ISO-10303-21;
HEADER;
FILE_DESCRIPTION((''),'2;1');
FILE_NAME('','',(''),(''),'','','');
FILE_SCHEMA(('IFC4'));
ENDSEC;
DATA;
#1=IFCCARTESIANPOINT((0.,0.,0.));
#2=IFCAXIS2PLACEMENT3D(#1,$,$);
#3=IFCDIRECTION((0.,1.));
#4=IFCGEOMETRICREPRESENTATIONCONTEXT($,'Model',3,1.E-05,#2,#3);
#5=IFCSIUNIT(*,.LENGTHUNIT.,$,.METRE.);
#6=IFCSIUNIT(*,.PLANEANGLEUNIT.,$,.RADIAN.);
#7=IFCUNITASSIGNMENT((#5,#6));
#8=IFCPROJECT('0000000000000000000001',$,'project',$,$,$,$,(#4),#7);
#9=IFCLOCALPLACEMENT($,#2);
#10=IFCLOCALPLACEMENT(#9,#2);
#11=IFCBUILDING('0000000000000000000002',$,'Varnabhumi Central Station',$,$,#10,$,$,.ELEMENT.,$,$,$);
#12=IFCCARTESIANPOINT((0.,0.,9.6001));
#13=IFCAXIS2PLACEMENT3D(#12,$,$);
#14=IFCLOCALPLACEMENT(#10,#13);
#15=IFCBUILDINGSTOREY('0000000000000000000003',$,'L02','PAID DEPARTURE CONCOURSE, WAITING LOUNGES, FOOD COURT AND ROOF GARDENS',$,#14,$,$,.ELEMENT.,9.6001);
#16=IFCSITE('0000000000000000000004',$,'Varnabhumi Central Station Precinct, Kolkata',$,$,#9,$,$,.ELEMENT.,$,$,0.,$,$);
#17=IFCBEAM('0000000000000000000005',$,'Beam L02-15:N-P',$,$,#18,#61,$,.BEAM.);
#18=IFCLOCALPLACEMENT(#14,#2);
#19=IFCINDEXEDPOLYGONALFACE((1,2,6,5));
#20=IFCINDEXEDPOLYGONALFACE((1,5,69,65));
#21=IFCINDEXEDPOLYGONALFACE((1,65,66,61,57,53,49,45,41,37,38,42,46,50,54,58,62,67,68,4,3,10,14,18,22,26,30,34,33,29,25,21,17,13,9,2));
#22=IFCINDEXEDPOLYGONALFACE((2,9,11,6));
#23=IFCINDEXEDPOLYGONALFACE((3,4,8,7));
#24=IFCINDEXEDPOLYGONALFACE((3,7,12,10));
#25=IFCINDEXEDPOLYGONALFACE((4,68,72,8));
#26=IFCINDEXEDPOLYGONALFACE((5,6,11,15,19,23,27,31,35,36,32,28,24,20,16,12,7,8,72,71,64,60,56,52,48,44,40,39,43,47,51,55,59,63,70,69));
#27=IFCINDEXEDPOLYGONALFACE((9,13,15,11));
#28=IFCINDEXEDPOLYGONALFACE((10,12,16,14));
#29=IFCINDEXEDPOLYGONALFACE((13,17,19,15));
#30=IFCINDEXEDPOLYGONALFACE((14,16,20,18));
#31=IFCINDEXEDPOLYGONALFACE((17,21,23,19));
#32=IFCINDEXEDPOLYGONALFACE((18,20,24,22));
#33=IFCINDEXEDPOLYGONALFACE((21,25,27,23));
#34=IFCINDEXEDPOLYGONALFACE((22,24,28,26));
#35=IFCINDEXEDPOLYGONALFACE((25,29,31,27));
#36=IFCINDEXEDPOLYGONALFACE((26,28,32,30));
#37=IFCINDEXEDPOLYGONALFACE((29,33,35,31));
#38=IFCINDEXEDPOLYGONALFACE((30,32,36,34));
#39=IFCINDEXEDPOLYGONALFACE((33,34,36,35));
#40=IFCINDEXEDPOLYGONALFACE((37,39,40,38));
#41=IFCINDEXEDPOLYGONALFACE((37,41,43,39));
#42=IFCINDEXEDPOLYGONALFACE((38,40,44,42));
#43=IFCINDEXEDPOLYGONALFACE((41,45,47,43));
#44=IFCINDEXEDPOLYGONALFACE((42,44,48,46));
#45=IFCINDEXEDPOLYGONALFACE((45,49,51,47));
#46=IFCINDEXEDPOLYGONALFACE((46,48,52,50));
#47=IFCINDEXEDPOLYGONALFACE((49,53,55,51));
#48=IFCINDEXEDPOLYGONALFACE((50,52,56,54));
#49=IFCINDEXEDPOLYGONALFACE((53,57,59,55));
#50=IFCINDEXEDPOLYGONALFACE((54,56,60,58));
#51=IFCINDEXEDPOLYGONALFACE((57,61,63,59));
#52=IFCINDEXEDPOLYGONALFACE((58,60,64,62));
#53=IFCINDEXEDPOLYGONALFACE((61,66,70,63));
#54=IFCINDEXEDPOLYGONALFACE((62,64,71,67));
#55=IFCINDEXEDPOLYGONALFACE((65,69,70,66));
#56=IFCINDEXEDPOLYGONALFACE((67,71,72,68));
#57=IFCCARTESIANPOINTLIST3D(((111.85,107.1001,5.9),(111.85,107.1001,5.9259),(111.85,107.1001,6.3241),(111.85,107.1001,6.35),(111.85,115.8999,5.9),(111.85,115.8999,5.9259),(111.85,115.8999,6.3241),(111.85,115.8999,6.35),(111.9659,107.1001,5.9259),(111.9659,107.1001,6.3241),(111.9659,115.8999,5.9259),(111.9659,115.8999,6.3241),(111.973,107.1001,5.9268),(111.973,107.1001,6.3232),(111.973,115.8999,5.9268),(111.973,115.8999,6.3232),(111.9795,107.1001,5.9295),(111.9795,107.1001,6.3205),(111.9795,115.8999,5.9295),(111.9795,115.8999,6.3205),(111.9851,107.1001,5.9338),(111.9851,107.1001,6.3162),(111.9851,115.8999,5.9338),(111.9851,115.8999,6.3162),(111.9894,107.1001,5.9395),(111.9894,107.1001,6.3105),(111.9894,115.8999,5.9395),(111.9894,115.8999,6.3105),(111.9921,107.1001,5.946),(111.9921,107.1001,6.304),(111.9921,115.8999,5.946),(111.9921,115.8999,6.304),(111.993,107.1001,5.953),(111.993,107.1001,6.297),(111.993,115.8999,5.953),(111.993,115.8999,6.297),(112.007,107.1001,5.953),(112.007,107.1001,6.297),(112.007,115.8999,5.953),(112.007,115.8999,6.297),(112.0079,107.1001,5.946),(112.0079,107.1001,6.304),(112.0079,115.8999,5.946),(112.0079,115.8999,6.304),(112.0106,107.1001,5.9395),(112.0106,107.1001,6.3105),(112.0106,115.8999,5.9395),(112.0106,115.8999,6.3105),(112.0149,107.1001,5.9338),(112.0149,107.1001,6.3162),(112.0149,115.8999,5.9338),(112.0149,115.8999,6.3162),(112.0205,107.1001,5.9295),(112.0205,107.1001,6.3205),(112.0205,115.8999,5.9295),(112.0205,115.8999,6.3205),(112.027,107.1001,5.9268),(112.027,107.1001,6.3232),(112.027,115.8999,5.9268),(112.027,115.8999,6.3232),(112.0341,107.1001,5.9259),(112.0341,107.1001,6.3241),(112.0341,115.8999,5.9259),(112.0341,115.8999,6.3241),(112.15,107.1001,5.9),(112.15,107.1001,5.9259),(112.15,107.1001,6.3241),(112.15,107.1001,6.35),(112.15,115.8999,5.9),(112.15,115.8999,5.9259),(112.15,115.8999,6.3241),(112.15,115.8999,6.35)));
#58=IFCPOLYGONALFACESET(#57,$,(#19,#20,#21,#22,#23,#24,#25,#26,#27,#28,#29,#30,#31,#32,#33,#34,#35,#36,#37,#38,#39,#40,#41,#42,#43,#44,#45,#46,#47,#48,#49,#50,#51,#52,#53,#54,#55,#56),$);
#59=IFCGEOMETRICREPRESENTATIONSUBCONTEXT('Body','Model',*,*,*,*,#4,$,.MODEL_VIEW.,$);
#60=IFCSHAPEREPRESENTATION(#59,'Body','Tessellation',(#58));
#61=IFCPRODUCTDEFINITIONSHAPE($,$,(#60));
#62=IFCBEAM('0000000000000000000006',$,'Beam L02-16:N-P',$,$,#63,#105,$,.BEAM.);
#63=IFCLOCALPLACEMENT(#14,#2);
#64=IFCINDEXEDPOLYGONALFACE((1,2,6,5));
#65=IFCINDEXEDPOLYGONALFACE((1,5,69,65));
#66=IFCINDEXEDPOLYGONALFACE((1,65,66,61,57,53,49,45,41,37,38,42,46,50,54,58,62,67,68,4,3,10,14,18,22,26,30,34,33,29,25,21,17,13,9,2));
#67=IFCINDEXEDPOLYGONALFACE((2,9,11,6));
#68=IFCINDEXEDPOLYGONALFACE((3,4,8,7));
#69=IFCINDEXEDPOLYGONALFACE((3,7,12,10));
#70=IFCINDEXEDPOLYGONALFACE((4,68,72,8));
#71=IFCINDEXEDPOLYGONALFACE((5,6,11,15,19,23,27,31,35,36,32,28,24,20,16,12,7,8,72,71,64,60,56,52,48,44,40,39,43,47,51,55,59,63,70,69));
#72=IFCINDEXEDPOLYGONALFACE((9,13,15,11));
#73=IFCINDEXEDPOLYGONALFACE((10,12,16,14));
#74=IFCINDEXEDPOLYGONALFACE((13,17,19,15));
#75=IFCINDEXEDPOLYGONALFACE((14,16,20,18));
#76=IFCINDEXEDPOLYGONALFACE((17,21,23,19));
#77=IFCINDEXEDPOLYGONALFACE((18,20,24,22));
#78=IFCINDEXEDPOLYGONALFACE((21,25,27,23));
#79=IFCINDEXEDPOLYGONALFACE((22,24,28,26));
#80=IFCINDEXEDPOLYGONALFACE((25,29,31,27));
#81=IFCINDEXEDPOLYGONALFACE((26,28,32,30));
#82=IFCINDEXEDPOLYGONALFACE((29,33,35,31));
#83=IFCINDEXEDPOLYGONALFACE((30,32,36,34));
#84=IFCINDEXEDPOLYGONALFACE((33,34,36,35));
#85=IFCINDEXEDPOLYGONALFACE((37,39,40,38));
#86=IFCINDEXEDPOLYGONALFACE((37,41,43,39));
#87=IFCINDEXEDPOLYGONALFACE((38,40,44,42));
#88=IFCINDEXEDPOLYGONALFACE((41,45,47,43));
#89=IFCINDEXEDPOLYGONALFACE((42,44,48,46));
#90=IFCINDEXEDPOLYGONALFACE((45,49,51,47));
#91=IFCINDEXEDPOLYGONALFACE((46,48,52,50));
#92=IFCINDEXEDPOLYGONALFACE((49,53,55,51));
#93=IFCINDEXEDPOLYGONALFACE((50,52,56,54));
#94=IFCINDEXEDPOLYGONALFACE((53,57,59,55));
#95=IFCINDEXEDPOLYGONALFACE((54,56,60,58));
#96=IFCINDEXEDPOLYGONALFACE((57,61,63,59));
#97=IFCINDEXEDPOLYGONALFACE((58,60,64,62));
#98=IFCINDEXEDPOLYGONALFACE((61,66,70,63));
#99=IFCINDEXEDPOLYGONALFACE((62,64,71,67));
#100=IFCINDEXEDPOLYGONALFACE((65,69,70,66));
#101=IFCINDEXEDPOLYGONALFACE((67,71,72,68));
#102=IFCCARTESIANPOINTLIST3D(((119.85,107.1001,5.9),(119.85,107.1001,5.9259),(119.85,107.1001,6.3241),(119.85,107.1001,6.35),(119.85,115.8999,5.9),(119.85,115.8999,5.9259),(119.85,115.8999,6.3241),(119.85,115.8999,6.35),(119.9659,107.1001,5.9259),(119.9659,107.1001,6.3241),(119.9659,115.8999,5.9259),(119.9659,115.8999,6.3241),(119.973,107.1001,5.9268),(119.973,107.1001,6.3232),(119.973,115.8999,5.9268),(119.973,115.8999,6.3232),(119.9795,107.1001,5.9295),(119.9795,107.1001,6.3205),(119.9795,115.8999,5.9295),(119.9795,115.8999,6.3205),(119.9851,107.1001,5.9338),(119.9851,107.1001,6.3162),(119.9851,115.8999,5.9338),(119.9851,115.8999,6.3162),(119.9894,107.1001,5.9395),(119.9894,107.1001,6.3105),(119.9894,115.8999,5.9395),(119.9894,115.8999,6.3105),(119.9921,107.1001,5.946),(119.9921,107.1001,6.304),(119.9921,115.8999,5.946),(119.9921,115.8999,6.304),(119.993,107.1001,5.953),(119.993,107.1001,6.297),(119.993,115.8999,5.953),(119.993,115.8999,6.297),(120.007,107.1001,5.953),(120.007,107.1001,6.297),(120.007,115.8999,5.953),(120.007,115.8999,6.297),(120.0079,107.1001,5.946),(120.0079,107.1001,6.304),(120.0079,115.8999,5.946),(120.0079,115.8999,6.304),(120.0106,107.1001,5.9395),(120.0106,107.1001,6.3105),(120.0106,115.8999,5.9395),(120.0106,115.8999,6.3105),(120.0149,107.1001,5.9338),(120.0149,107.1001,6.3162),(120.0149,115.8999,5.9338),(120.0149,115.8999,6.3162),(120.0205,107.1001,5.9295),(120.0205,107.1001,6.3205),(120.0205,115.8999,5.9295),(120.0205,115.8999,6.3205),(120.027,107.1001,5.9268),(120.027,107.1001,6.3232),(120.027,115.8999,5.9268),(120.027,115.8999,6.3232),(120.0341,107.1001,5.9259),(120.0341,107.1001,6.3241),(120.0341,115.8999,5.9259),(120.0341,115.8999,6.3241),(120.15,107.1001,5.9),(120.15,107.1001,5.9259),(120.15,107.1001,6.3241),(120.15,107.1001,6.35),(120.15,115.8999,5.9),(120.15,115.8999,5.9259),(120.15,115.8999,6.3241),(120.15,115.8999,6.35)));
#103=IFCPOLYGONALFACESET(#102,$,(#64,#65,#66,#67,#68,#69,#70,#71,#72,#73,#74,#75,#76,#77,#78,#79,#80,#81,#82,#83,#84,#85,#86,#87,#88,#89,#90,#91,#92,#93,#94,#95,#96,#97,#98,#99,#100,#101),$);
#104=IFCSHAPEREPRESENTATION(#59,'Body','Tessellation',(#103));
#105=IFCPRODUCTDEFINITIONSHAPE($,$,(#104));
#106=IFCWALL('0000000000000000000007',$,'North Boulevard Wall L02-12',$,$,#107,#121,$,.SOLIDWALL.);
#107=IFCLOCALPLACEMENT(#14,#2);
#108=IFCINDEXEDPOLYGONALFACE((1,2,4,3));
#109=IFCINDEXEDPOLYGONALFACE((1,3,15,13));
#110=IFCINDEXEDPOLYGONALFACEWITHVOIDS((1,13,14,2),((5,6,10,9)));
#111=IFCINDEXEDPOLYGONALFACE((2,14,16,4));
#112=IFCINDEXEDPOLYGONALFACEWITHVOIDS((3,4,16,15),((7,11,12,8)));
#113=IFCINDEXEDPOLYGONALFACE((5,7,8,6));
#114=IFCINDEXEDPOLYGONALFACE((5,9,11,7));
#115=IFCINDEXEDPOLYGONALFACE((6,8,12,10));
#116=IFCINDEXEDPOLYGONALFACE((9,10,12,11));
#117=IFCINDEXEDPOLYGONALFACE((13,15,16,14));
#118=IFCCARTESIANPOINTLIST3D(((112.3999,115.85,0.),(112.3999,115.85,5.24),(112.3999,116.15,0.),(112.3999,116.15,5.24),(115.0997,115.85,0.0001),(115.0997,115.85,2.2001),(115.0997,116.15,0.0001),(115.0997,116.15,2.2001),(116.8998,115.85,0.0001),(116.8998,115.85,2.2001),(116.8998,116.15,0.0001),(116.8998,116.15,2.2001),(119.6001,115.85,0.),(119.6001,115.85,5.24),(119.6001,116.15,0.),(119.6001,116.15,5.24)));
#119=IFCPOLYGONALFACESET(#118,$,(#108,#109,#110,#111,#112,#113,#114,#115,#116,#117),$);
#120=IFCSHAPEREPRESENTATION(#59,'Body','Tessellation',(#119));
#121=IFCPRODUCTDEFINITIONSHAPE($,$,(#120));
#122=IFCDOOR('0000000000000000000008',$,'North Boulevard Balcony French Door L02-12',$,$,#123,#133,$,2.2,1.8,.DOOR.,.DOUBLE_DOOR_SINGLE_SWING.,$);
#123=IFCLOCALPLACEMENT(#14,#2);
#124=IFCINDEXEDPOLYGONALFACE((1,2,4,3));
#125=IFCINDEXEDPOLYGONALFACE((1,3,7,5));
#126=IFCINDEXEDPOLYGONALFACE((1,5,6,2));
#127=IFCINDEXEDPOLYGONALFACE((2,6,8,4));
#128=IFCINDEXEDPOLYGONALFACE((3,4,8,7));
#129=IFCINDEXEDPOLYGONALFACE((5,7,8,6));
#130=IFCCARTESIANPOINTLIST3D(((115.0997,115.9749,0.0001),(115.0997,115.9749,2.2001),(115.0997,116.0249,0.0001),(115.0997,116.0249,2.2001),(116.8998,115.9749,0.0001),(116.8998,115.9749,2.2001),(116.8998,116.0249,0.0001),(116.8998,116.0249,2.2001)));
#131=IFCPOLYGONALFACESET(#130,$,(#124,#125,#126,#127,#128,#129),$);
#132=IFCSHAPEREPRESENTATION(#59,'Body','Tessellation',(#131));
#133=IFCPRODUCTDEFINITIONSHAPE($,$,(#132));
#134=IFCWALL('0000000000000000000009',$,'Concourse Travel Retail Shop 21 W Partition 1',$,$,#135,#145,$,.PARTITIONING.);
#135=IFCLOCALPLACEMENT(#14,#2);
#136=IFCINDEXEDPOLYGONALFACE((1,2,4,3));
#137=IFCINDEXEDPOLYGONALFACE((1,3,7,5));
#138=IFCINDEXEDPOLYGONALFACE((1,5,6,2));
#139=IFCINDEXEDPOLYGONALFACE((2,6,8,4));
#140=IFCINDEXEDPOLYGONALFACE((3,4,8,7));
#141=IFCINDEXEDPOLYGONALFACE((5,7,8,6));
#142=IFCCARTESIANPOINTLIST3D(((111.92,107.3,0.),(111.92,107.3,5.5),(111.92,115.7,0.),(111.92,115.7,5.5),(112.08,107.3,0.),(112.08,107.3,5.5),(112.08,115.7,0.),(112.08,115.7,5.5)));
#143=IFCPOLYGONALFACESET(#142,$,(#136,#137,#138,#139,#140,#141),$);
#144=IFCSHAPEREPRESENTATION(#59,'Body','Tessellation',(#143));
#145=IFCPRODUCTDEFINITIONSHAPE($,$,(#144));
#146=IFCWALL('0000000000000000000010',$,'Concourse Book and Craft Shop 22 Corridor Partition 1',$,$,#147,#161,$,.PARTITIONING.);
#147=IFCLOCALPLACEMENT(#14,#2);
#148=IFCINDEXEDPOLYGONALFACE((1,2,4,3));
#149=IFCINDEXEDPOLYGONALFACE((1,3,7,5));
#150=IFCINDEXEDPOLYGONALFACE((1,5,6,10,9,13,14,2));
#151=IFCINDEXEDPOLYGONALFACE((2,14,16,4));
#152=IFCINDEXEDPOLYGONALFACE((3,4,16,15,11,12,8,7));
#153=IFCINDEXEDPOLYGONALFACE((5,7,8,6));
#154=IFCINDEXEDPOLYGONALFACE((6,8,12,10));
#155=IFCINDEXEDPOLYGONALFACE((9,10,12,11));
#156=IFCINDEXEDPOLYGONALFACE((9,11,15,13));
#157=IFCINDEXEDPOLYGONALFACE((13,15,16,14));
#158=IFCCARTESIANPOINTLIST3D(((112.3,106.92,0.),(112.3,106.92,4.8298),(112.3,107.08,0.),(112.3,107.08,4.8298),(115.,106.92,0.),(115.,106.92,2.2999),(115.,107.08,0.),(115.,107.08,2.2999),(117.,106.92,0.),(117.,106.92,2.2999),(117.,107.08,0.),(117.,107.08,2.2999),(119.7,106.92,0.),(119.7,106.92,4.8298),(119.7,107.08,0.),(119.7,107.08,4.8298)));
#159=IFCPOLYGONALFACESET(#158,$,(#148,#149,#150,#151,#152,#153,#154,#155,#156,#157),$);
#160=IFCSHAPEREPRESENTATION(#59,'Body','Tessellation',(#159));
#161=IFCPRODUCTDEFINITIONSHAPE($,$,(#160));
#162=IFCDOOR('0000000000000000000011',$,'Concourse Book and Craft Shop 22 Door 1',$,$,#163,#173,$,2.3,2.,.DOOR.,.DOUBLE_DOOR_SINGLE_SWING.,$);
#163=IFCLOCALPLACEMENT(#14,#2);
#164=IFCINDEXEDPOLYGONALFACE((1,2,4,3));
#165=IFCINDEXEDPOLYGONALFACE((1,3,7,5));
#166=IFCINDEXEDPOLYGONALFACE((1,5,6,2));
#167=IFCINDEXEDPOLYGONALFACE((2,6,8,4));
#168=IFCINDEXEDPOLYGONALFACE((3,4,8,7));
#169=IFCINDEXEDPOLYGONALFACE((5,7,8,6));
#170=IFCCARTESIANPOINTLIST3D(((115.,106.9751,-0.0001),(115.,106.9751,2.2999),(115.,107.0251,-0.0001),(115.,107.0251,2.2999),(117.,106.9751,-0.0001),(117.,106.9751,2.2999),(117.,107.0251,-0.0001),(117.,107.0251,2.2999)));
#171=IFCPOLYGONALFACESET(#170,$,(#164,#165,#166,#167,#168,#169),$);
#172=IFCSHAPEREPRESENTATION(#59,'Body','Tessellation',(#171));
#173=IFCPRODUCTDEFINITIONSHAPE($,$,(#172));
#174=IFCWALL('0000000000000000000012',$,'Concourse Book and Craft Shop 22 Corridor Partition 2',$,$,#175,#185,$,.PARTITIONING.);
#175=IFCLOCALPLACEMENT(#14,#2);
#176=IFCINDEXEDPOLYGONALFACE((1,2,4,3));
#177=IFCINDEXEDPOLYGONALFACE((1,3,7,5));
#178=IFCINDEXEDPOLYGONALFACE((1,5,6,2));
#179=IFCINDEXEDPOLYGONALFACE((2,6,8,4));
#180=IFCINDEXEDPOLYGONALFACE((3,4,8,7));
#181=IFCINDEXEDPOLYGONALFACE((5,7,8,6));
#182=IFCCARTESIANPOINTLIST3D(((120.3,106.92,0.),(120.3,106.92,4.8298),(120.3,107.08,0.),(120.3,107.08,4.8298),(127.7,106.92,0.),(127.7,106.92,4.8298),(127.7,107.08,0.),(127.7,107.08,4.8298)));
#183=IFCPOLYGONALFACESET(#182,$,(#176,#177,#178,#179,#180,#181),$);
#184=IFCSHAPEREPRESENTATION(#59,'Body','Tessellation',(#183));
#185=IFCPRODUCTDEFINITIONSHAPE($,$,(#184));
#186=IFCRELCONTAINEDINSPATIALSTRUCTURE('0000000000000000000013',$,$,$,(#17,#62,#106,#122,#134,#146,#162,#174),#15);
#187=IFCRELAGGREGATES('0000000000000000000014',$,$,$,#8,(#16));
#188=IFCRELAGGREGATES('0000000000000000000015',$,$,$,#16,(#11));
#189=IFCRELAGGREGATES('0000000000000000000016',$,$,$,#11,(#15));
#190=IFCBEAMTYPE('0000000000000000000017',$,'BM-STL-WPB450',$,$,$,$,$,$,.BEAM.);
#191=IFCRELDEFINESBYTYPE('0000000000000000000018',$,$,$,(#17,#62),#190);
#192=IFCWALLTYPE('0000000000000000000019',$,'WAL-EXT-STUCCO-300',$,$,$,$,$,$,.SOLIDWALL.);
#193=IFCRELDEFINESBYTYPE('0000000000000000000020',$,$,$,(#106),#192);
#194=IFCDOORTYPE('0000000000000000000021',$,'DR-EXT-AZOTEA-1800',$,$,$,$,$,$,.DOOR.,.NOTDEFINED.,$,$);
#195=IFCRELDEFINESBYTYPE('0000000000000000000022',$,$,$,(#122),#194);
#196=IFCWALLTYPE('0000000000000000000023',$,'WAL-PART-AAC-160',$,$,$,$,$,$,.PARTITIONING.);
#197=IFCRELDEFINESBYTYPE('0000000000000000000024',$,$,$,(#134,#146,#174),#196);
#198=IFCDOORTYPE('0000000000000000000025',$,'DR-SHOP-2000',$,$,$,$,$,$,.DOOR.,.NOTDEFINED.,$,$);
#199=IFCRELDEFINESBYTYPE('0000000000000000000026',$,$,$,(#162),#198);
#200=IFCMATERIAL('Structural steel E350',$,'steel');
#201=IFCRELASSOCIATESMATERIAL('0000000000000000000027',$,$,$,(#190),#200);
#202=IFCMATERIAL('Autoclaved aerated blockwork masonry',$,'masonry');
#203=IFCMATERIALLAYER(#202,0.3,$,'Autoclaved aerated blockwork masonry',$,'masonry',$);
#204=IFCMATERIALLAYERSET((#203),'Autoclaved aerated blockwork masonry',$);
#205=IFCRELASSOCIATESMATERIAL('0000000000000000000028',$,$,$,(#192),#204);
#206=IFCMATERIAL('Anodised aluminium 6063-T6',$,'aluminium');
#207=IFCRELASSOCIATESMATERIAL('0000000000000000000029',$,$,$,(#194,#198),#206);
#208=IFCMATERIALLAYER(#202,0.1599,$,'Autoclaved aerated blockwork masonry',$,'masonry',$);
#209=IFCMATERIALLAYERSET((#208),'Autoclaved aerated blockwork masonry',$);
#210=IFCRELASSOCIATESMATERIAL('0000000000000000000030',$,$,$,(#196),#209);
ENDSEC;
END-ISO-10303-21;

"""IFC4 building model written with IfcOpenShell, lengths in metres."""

from ifc_helpers import new_model, si_unit, direction, frame, frame_2d, origin, origin_2d, place, context, subcontext, project, spatial, rectangle, i_section, extrude, material, layer, layer_set, material_profile, profile_set, type_object, element, fill, save


model = new_model("IFC4")

# Units and contexts
model_context = context("Model", 3, precision=1e-05, world=origin(), true_north=direction((0.0, 1.0)))
body_context = subcontext(model_context, "Body", "Model", "MODEL_VIEW")
ifc_project = project(units=[si_unit("LENGTHUNIT", "METRE"), si_unit("PLANEANGLEUNIT", "RADIAN")], contexts=[model_context])

# Site, building, storey
site_placement = place(None, origin())
site = spatial("IfcSite", under=ifc_project, at=site_placement, Name="Varnabhumi Central Station Precinct, Kolkata", CompositionType="ELEMENT", RefElevation=0.0)
building_placement = place(site_placement, origin())
building = spatial("IfcBuilding", under=site, at=building_placement, Name="Varnabhumi Central Station", CompositionType="ELEMENT")
storey_placement = place(building_placement, frame((0.0, 0.0, 9.6001)))
storey = spatial("IfcBuildingStorey", under=building, at=storey_placement, Name="L02", Description="PAID DEPARTURE CONCOURSE, WAITING LOUNGES, FOOD COURT AND ROOF GARDENS", CompositionType="ELEMENT", Elevation=9.6001)

# Beams
ifc_material_1 = material(Name="Structural steel E350", Category="steel")
ifc_material_profile_1 = material_profile(ifc_material_1, i_section(OverallWidth=0.3, OverallDepth=0.45, WebThickness=0.0139, FlangeThickness=0.0259, FilletRadius=0.0271, at=origin_2d()), Name="Structural steel E350", Category="steel")
ifc_profile_set_1 = profile_set([ifc_material_profile_1], Name="Structural steel E350")
beam_type_1 = type_object("IfcBeamType", Name="BM-STL-WPB450", PredefinedType="BEAM", material=ifc_profile_set_1)
for number, where, z_axis, x_axis, name in (
    (1, (112.0, 107.1001, 6.125), (0.0, 1.0, 0.0), (-1.0, 0.0, 0.0), "Beam L02-15:N-P"),
    (2, (120.0, 107.1001, 6.125), (0.0, 1.0, 0.0), (-1.0, 0.0, 0.0), "Beam L02-16:N-P"),
):
    element("IfcBeam", number, at=place(storey_placement, frame(where, z_axis=z_axis, x_axis=x_axis)), inside=storey, type_object=beam_type_1, Name=name, PredefinedType="BEAM", context=body_context, shape_type="SweptSolid", body=[
        extrude(i_section(OverallWidth=0.3, OverallDepth=0.45, WebThickness=0.0139, FlangeThickness=0.0259, FilletRadius=0.0271, at=origin_2d()), origin(), (0.0, 0.0, 1.0), 8.7998),
    ])

# Wall, opening, door
ifc_material_2 = material(Name="Autoclaved aerated blockwork masonry", Category="masonry")
ifc_layer_1 = layer(ifc_material_2, 0.3, Name="Autoclaved aerated blockwork masonry", Category="masonry")
ifc_layer_set_1 = layer_set([ifc_layer_1], Name="Autoclaved aerated blockwork masonry")
wall_type_1 = type_object("IfcWallType", Name="WAL-EXT-STUCCO-300", PredefinedType="SOLIDWALL", material=ifc_layer_set_1)
wall_1_placement = place(storey_placement, frame((112.3999, 116.0, 0.0), z_axis=(0.0, 0.0, 1.0), x_axis=(1.0, 0.0, 0.0)))
wall_1 = element("IfcWall", 3, at=wall_1_placement, inside=storey, type_object=wall_type_1, Name="North Boulevard Wall L02-12", PredefinedType="SOLIDWALL", context=body_context, shape_type="SweptSolid", body=[
    extrude(rectangle(XDim=7.2002, YDim=0.3, at=frame_2d((3.6001, 0.0))), origin(), (0.0, 0.0, 1.0), 5.24),
])
opening_1_placement = place(wall_1_placement, frame((2.7, 0.0, 0.0)))
opening_1 = element("IfcOpeningElement", 4, at=opening_1_placement, cuts=wall_1, PredefinedType="OPENING", context=body_context, shape_type="SweptSolid", body=[
    extrude(rectangle(XDim=1.8, YDim=2.2, at=frame_2d((0.8999, 1.1001))), frame((0.0, 0.1599, 0.0), z_axis=(0.0, -1.0, 0.0), x_axis=(1.0, 0.0, 0.0)), (0.0, 0.0, 1.0), 0.3201),
])
ifc_material_3 = material(Name="Anodised aluminium 6063-T6", Category="aluminium")
door_type_1 = type_object("IfcDoorType", Name="DR-EXT-AZOTEA-1800", OperationType="NOTDEFINED", PredefinedType="DOOR", material=ifc_material_3)
door_1_placement = place(opening_1_placement, origin())
door_1 = element("IfcDoor", 5, at=door_1_placement, inside=storey, type_object=door_type_1, Name="North Boulevard Balcony French Door L02-12", OperationType="DOUBLE_DOOR_SINGLE_SWING", OverallHeight=2.2, OverallWidth=1.8, PredefinedType="DOOR", context=body_context, shape_type="SweptSolid", body=[
    extrude(rectangle(XDim=1.8, YDim=2.2, at=frame_2d((0.8999, 1.1001))), frame((0.0, 0.0249, 0.0), z_axis=(0.0, -1.0, 0.0), x_axis=(1.0, 0.0, 0.0)), (0.0, 0.0, 1.0), 0.05),
])
fill(opening_1, door_1)

# Wall
ifc_layer_2 = layer(ifc_material_2, 0.1599, Name="Autoclaved aerated blockwork masonry", Category="masonry")
ifc_layer_set_2 = layer_set([ifc_layer_2], Name="Autoclaved aerated blockwork masonry")
wall_type_2 = type_object("IfcWallType", Name="WAL-PART-AAC-160", PredefinedType="PARTITIONING", material=ifc_layer_set_2)
wall_2_placement = place(storey_placement, frame((112.0, 107.3, 0.0), z_axis=(0.0, 0.0, 1.0), x_axis=(0.0, 1.0, 0.0)))
element("IfcWall", 6, at=wall_2_placement, inside=storey, type_object=wall_type_2, Name="Concourse Travel Retail Shop 21 W Partition 1", PredefinedType="PARTITIONING", context=body_context, shape_type="SweptSolid", body=[
    extrude(rectangle(XDim=8.3999, YDim=0.1599, at=frame_2d((4.2, 0.0))), origin(), (0.0, 0.0, 1.0), 5.5),
])

# Wall, opening, door
wall_3_placement = place(storey_placement, frame((112.3, 107.0, 0.0), z_axis=(0.0, 0.0, 1.0), x_axis=(1.0, 0.0, 0.0)))
wall_3 = element("IfcWall", 7, at=wall_3_placement, inside=storey, type_object=wall_type_2, Name="Concourse Book and Craft Shop 22 Corridor Partition 1", PredefinedType="PARTITIONING", context=body_context, shape_type="SweptSolid", body=[
    extrude(rectangle(XDim=7.3999, YDim=0.1599, at=frame_2d((3.7, 0.0))), origin(), (0.0, 0.0, 1.0), 4.8298),
])
opening_2_placement = place(wall_3_placement, frame((2.7, 0.0, 0.0)))
opening_2 = element("IfcOpeningElement", 8, at=opening_2_placement, cuts=wall_3, PredefinedType="OPENING", context=body_context, shape_type="SweptSolid", body=[
    extrude(rectangle(XDim=2.0, YDim=2.3, at=frame_2d((1.0, 1.1499))), frame((0.0, 0.0898, 0.0), z_axis=(0.0, -1.0, 0.0), x_axis=(1.0, 0.0, 0.0)), (0.0, 0.0, 1.0), 0.1799),
])
door_type_2 = type_object("IfcDoorType", Name="DR-SHOP-2000", OperationType="NOTDEFINED", PredefinedType="DOOR", material=ifc_material_3)
door_2_placement = place(opening_2_placement, frame((2.0, 0.0, 0.0), z_axis=(0.0, 0.0, 1.0), x_axis=(-1.0, 0.0, 0.0)))
door_2 = element("IfcDoor", 9, at=door_2_placement, inside=storey, type_object=door_type_2, Name="Concourse Book and Craft Shop 22 Door 1", OperationType="DOUBLE_DOOR_SINGLE_SWING", OverallHeight=2.3, OverallWidth=2.0, PredefinedType="DOOR", context=body_context, shape_type="SweptSolid", body=[
    extrude(rectangle(XDim=2.0, YDim=2.3, at=frame_2d((1.0, 1.1499))), frame((0.0, 0.0249, 0.0), z_axis=(0.0, -1.0, 0.0), x_axis=(1.0, 0.0, 0.0)), (0.0, 0.0, 1.0), 0.05),
])
fill(opening_2, door_2)

# Wall
wall_4_placement = place(storey_placement, frame((120.3, 107.0, 0.0), z_axis=(0.0, 0.0, 1.0), x_axis=(1.0, 0.0, 0.0)))
element("IfcWall", 10, at=wall_4_placement, inside=storey, type_object=wall_type_2, Name="Concourse Book and Craft Shop 22 Corridor Partition 2", PredefinedType="PARTITIONING", context=body_context, shape_type="SweptSolid", body=[
    extrude(rectangle(XDim=7.3999, YDim=0.1599, at=frame_2d((3.7, 0.0))), origin(), (0.0, 0.0, 1.0), 4.8298),
])

save(model, "model.ifc")
